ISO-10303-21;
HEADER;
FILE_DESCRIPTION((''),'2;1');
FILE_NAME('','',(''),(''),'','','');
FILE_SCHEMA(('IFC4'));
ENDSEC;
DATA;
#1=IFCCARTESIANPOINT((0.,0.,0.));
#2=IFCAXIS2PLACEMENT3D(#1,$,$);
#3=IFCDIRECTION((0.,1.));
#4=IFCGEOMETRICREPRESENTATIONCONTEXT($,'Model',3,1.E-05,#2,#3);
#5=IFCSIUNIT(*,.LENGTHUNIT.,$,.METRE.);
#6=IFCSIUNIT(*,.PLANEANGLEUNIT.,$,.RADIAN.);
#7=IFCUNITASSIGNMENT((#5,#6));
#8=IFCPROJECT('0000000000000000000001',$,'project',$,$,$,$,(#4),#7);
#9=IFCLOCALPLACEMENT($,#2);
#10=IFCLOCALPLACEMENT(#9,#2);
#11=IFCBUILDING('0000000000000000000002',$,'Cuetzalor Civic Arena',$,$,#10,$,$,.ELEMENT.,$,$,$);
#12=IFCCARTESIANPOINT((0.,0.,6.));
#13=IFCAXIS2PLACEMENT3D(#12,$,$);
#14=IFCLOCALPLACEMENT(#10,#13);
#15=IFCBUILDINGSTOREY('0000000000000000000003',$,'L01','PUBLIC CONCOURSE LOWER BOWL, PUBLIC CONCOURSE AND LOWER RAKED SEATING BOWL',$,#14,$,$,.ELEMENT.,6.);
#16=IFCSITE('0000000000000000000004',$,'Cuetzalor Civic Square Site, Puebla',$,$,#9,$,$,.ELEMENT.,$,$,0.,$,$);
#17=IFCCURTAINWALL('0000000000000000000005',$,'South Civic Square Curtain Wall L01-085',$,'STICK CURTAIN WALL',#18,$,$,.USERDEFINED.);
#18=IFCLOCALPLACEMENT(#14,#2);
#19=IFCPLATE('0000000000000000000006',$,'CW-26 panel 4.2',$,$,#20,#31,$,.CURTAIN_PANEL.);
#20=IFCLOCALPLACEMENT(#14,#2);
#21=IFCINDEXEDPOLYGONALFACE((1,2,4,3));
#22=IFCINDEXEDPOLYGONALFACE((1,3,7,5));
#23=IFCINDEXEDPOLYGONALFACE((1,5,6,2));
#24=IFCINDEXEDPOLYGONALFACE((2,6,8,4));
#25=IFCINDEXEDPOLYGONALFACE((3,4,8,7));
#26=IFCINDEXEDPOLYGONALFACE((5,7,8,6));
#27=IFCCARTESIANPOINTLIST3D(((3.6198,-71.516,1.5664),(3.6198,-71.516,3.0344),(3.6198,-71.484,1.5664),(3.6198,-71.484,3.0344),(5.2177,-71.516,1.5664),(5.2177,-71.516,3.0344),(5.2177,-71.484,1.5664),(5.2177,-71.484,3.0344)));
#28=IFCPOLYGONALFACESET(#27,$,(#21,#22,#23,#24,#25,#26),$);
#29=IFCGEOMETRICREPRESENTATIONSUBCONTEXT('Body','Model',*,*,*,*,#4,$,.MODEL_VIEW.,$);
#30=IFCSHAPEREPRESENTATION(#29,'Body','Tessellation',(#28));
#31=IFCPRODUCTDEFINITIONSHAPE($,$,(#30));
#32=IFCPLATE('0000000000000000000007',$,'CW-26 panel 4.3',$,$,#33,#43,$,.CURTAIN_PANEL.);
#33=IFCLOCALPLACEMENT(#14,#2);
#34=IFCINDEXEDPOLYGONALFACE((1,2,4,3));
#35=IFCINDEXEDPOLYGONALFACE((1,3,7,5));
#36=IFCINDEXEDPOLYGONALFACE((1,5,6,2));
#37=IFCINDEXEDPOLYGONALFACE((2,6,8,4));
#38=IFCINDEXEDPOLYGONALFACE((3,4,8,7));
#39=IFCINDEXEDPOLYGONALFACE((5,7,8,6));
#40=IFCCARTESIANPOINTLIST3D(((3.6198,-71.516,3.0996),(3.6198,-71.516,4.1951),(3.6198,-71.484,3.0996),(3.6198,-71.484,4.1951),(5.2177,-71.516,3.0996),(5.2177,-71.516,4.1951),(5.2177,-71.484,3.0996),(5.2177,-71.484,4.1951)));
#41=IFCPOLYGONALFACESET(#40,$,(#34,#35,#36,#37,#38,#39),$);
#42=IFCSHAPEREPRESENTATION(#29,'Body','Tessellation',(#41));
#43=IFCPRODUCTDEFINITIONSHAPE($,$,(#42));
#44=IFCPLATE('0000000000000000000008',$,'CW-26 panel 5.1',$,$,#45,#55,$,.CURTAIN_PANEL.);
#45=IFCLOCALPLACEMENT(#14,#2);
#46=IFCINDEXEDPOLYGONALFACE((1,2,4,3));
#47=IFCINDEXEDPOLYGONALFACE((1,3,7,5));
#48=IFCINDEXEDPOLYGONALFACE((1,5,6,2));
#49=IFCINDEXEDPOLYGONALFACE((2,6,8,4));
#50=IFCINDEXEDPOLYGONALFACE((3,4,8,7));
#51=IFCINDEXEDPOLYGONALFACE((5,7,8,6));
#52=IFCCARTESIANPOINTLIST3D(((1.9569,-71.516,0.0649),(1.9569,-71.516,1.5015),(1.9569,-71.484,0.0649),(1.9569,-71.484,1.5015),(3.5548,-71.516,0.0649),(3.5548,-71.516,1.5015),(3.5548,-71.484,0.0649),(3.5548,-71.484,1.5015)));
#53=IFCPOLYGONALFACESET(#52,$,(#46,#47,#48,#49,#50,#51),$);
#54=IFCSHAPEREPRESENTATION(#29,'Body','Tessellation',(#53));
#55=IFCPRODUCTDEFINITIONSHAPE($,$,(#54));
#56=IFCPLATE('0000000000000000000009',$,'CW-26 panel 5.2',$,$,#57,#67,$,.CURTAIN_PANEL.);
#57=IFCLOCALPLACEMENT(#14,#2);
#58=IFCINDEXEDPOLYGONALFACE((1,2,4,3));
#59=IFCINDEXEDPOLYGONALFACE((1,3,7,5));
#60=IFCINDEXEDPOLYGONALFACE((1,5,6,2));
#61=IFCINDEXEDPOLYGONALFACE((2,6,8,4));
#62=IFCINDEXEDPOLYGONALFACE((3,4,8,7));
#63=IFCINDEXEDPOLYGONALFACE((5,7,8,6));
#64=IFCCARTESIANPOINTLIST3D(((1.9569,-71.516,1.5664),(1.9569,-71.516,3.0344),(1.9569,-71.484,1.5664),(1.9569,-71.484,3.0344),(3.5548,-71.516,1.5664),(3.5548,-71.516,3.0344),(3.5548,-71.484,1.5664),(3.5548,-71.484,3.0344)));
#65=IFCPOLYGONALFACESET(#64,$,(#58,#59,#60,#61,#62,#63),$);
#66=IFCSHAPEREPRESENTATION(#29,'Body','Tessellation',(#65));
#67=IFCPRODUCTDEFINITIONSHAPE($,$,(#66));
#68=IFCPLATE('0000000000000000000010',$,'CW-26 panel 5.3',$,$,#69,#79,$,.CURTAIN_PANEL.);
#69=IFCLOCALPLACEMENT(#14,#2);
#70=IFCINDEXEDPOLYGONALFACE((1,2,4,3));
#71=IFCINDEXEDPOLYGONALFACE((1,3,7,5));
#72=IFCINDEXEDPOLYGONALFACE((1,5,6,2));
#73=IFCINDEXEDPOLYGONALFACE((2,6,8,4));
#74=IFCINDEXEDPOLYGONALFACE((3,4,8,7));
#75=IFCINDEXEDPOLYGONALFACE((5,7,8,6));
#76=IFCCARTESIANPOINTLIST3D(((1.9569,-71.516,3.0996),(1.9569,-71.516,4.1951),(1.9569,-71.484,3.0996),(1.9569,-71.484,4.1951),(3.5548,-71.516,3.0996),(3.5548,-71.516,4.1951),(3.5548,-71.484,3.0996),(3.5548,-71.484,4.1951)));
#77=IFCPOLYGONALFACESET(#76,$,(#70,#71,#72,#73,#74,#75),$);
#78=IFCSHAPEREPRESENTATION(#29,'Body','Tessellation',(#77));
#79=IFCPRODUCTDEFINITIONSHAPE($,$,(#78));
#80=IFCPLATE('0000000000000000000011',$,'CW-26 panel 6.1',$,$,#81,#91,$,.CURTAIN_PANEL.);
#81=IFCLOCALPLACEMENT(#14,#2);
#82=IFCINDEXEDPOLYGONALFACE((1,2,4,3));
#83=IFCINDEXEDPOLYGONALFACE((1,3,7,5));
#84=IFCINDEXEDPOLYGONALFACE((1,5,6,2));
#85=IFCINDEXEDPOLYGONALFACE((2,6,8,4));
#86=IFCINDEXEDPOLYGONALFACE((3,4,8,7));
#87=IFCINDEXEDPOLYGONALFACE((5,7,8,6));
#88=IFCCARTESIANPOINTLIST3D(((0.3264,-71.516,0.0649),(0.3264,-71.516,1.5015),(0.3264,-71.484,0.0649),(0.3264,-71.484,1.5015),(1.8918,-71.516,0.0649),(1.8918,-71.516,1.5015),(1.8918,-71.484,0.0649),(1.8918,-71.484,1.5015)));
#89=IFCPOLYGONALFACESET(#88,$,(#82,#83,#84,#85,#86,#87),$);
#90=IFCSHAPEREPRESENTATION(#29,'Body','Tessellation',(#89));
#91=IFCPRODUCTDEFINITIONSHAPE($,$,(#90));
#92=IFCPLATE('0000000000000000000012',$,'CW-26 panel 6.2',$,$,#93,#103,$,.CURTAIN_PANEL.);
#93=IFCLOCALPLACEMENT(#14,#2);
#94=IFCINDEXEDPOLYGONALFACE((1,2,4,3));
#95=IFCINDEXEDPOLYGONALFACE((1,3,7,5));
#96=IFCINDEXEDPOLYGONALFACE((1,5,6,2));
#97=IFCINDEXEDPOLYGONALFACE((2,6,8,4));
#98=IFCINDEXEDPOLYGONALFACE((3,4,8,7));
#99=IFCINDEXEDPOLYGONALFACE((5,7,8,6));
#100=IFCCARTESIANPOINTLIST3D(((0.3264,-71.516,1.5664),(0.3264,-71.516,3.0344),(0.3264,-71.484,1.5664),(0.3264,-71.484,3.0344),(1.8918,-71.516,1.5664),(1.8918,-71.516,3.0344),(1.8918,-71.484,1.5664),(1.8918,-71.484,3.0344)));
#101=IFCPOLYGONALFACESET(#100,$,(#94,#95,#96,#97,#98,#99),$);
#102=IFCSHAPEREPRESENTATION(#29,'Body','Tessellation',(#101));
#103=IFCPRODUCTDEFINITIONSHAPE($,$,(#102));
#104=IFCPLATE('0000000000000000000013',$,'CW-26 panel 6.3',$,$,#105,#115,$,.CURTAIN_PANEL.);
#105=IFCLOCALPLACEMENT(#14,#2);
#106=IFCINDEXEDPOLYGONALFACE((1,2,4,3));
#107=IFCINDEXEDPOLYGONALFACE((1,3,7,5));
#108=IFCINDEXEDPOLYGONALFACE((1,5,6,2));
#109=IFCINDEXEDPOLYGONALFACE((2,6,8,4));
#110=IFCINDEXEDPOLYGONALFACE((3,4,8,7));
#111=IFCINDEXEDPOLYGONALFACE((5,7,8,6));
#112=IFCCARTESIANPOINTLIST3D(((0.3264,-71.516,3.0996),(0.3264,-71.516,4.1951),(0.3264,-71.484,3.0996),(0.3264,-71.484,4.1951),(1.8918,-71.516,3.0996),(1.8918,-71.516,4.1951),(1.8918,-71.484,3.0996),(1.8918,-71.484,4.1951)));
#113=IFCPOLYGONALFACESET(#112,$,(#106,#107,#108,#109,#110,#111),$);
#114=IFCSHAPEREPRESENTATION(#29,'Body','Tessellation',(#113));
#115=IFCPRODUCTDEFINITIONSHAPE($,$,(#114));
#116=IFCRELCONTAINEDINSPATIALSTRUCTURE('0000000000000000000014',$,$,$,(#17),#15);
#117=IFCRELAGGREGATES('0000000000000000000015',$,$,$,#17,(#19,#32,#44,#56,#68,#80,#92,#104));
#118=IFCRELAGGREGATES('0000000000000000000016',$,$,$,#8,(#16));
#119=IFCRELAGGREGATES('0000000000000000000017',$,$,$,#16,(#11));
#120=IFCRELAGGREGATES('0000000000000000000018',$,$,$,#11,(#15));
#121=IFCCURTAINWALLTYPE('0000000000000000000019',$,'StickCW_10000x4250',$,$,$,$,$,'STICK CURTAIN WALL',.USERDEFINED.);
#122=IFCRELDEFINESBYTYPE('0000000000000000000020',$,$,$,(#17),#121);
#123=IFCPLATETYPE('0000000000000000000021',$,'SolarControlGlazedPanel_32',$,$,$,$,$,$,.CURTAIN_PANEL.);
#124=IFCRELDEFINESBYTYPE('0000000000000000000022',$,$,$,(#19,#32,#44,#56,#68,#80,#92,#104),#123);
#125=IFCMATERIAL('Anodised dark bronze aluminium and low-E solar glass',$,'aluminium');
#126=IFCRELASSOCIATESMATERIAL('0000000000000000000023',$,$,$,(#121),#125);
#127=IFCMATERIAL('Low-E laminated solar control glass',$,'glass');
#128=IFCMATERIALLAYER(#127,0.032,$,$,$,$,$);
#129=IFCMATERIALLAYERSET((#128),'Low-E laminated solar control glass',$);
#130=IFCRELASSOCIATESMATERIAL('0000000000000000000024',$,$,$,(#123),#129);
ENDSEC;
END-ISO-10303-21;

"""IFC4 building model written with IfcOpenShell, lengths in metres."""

from ifc_helpers import new_model, si_unit, direction, frame, origin, origin_2d, place, context, subcontext, project, spatial, rectangle, extrude, material, layer, layer_set, type_object, element, aggregate, save


model = new_model("IFC4")

# Units and contexts
model_context = context("Model", 3, precision=1e-05, world=origin(), true_north=direction((0.0, 1.0)))
body_context = subcontext(model_context, "Body", "Model", "MODEL_VIEW")
ifc_project = project(units=[si_unit("LENGTHUNIT", "METRE"), si_unit("PLANEANGLEUNIT", "RADIAN")], contexts=[model_context])

# Site, building, storey
site_placement = place(None, origin())
site = spatial("IfcSite", under=ifc_project, at=site_placement, Name="Cuetzalor Civic Square Site, Puebla", CompositionType="ELEMENT", RefElevation=0.0)
building_placement = place(site_placement, origin())
building = spatial("IfcBuilding", under=site, at=building_placement, Name="Cuetzalor Civic Arena", CompositionType="ELEMENT")
storey_placement = place(building_placement, frame((0.0, 0.0, 6.0)))
storey = spatial("IfcBuildingStorey", under=building, at=storey_placement, Name="L01", Description="PUBLIC CONCOURSE LOWER BOWL, PUBLIC CONCOURSE AND LOWER RAKED SEATING BOWL", CompositionType="ELEMENT", Elevation=6.0)

# Curtain wall, plates
ifc_material_1 = material(Name="Anodised dark bronze aluminium and low-E solar glass", Category="aluminium")
curtain_wall_type = type_object("IfcCurtainWallType", Name="StickCW_10000x4250", ElementType="STICK CURTAIN WALL", PredefinedType="USERDEFINED", material=ifc_material_1)
curtain_wall_placement = place(storey_placement, origin())
curtain_wall = element("IfcCurtainWall", 1, at=curtain_wall_placement, inside=storey, type_object=curtain_wall_type, Name="South Civic Square Curtain Wall L01-085", ObjectType="STICK CURTAIN WALL", PredefinedType="USERDEFINED")
ifc_material_2 = material(Name="Low-E laminated solar control glass", Category="glass")
ifc_layer = layer(ifc_material_2, 0.032)
ifc_layer_set = layer_set([ifc_layer], Name="Low-E laminated solar control glass")
plate_type = type_object("IfcPlateType", Name="SolarControlGlazedPanel_32", PredefinedType="CURTAIN_PANEL", material=ifc_layer_set)
plate_1_placement = place(storey_placement, frame((4.4187, -71.5, 1.5664), z_axis=(0.0, 0.0, 1.0), x_axis=(-1.0, 0.0, 0.0)))
plate_1 = element("IfcPlate", 2, at=plate_1_placement, type_object=plate_type, Name="CW-26 panel 4.2", PredefinedType="CURTAIN_PANEL", context=body_context, shape_type="SweptSolid", body=[
    extrude(rectangle(XDim=1.5979, YDim=0.032, at=origin_2d()), origin(), (0.0, 0.0, 1.0), 1.468),
])
plate_2_placement = place(storey_placement, frame((4.4187, -71.5, 3.0996), z_axis=(0.0, 0.0, 1.0), x_axis=(-1.0, 0.0, 0.0)))
plate_2 = element("IfcPlate", 3, at=plate_2_placement, type_object=plate_type, Name="CW-26 panel 4.3", PredefinedType="CURTAIN_PANEL", context=body_context, shape_type="SweptSolid", body=[
    extrude(rectangle(XDim=1.5979, YDim=0.032, at=origin_2d()), origin(), (0.0, 0.0, 1.0), 1.0955),
])
plate_3_placement = place(storey_placement, frame((2.7559, -71.5, 0.0649), z_axis=(0.0, 0.0, 1.0), x_axis=(-1.0, 0.0, 0.0)))
plate_3 = element("IfcPlate", 4, at=plate_3_placement, type_object=plate_type, Name="CW-26 panel 5.1", PredefinedType="CURTAIN_PANEL", context=body_context, shape_type="SweptSolid", body=[
    extrude(rectangle(XDim=1.5979, YDim=0.032, at=origin_2d()), origin(), (0.0, 0.0, 1.0), 1.4365),
])
plate_4_placement = place(storey_placement, frame((2.7559, -71.5, 1.5664), z_axis=(0.0, 0.0, 1.0), x_axis=(-1.0, 0.0, 0.0)))
plate_4 = element("IfcPlate", 5, at=plate_4_placement, type_object=plate_type, Name="CW-26 panel 5.2", PredefinedType="CURTAIN_PANEL", context=body_context, shape_type="SweptSolid", body=[
    extrude(rectangle(XDim=1.5979, YDim=0.032, at=origin_2d()), origin(), (0.0, 0.0, 1.0), 1.468),
])
plate_5_placement = place(storey_placement, frame((2.7559, -71.5, 3.0996), z_axis=(0.0, 0.0, 1.0), x_axis=(-1.0, 0.0, 0.0)))
plate_5 = element("IfcPlate", 6, at=plate_5_placement, type_object=plate_type, Name="CW-26 panel 5.3", PredefinedType="CURTAIN_PANEL", context=body_context, shape_type="SweptSolid", body=[
    extrude(rectangle(XDim=1.5979, YDim=0.032, at=origin_2d()), origin(), (0.0, 0.0, 1.0), 1.0955),
])
plate_6_placement = place(storey_placement, frame((1.1091, -71.5, 0.0649), z_axis=(0.0, 0.0, 1.0), x_axis=(-1.0, 0.0, 0.0)))
plate_6 = element("IfcPlate", 7, at=plate_6_placement, type_object=plate_type, Name="CW-26 panel 6.1", PredefinedType="CURTAIN_PANEL", context=body_context, shape_type="SweptSolid", body=[
    extrude(rectangle(XDim=1.5654, YDim=0.032, at=origin_2d()), origin(), (0.0, 0.0, 1.0), 1.4365),
])
plate_7_placement = place(storey_placement, frame((1.1091, -71.5, 1.5664), z_axis=(0.0, 0.0, 1.0), x_axis=(-1.0, 0.0, 0.0)))
plate_7 = element("IfcPlate", 8, at=plate_7_placement, type_object=plate_type, Name="CW-26 panel 6.2", PredefinedType="CURTAIN_PANEL", context=body_context, shape_type="SweptSolid", body=[
    extrude(rectangle(XDim=1.5654, YDim=0.032, at=origin_2d()), origin(), (0.0, 0.0, 1.0), 1.468),
])
plate_8_placement = place(storey_placement, frame((1.1091, -71.5, 3.0996), z_axis=(0.0, 0.0, 1.0), x_axis=(-1.0, 0.0, 0.0)))
plate_8 = element("IfcPlate", 9, at=plate_8_placement, type_object=plate_type, Name="CW-26 panel 6.3", PredefinedType="CURTAIN_PANEL", context=body_context, shape_type="SweptSolid", body=[
    extrude(rectangle(XDim=1.5654, YDim=0.032, at=origin_2d()), origin(), (0.0, 0.0, 1.0), 1.0955),
])
aggregate(curtain_wall, [plate_1, plate_2, plate_3, plate_4, plate_5, plate_6, plate_7, plate_8])

save(model, "model.ifc")
